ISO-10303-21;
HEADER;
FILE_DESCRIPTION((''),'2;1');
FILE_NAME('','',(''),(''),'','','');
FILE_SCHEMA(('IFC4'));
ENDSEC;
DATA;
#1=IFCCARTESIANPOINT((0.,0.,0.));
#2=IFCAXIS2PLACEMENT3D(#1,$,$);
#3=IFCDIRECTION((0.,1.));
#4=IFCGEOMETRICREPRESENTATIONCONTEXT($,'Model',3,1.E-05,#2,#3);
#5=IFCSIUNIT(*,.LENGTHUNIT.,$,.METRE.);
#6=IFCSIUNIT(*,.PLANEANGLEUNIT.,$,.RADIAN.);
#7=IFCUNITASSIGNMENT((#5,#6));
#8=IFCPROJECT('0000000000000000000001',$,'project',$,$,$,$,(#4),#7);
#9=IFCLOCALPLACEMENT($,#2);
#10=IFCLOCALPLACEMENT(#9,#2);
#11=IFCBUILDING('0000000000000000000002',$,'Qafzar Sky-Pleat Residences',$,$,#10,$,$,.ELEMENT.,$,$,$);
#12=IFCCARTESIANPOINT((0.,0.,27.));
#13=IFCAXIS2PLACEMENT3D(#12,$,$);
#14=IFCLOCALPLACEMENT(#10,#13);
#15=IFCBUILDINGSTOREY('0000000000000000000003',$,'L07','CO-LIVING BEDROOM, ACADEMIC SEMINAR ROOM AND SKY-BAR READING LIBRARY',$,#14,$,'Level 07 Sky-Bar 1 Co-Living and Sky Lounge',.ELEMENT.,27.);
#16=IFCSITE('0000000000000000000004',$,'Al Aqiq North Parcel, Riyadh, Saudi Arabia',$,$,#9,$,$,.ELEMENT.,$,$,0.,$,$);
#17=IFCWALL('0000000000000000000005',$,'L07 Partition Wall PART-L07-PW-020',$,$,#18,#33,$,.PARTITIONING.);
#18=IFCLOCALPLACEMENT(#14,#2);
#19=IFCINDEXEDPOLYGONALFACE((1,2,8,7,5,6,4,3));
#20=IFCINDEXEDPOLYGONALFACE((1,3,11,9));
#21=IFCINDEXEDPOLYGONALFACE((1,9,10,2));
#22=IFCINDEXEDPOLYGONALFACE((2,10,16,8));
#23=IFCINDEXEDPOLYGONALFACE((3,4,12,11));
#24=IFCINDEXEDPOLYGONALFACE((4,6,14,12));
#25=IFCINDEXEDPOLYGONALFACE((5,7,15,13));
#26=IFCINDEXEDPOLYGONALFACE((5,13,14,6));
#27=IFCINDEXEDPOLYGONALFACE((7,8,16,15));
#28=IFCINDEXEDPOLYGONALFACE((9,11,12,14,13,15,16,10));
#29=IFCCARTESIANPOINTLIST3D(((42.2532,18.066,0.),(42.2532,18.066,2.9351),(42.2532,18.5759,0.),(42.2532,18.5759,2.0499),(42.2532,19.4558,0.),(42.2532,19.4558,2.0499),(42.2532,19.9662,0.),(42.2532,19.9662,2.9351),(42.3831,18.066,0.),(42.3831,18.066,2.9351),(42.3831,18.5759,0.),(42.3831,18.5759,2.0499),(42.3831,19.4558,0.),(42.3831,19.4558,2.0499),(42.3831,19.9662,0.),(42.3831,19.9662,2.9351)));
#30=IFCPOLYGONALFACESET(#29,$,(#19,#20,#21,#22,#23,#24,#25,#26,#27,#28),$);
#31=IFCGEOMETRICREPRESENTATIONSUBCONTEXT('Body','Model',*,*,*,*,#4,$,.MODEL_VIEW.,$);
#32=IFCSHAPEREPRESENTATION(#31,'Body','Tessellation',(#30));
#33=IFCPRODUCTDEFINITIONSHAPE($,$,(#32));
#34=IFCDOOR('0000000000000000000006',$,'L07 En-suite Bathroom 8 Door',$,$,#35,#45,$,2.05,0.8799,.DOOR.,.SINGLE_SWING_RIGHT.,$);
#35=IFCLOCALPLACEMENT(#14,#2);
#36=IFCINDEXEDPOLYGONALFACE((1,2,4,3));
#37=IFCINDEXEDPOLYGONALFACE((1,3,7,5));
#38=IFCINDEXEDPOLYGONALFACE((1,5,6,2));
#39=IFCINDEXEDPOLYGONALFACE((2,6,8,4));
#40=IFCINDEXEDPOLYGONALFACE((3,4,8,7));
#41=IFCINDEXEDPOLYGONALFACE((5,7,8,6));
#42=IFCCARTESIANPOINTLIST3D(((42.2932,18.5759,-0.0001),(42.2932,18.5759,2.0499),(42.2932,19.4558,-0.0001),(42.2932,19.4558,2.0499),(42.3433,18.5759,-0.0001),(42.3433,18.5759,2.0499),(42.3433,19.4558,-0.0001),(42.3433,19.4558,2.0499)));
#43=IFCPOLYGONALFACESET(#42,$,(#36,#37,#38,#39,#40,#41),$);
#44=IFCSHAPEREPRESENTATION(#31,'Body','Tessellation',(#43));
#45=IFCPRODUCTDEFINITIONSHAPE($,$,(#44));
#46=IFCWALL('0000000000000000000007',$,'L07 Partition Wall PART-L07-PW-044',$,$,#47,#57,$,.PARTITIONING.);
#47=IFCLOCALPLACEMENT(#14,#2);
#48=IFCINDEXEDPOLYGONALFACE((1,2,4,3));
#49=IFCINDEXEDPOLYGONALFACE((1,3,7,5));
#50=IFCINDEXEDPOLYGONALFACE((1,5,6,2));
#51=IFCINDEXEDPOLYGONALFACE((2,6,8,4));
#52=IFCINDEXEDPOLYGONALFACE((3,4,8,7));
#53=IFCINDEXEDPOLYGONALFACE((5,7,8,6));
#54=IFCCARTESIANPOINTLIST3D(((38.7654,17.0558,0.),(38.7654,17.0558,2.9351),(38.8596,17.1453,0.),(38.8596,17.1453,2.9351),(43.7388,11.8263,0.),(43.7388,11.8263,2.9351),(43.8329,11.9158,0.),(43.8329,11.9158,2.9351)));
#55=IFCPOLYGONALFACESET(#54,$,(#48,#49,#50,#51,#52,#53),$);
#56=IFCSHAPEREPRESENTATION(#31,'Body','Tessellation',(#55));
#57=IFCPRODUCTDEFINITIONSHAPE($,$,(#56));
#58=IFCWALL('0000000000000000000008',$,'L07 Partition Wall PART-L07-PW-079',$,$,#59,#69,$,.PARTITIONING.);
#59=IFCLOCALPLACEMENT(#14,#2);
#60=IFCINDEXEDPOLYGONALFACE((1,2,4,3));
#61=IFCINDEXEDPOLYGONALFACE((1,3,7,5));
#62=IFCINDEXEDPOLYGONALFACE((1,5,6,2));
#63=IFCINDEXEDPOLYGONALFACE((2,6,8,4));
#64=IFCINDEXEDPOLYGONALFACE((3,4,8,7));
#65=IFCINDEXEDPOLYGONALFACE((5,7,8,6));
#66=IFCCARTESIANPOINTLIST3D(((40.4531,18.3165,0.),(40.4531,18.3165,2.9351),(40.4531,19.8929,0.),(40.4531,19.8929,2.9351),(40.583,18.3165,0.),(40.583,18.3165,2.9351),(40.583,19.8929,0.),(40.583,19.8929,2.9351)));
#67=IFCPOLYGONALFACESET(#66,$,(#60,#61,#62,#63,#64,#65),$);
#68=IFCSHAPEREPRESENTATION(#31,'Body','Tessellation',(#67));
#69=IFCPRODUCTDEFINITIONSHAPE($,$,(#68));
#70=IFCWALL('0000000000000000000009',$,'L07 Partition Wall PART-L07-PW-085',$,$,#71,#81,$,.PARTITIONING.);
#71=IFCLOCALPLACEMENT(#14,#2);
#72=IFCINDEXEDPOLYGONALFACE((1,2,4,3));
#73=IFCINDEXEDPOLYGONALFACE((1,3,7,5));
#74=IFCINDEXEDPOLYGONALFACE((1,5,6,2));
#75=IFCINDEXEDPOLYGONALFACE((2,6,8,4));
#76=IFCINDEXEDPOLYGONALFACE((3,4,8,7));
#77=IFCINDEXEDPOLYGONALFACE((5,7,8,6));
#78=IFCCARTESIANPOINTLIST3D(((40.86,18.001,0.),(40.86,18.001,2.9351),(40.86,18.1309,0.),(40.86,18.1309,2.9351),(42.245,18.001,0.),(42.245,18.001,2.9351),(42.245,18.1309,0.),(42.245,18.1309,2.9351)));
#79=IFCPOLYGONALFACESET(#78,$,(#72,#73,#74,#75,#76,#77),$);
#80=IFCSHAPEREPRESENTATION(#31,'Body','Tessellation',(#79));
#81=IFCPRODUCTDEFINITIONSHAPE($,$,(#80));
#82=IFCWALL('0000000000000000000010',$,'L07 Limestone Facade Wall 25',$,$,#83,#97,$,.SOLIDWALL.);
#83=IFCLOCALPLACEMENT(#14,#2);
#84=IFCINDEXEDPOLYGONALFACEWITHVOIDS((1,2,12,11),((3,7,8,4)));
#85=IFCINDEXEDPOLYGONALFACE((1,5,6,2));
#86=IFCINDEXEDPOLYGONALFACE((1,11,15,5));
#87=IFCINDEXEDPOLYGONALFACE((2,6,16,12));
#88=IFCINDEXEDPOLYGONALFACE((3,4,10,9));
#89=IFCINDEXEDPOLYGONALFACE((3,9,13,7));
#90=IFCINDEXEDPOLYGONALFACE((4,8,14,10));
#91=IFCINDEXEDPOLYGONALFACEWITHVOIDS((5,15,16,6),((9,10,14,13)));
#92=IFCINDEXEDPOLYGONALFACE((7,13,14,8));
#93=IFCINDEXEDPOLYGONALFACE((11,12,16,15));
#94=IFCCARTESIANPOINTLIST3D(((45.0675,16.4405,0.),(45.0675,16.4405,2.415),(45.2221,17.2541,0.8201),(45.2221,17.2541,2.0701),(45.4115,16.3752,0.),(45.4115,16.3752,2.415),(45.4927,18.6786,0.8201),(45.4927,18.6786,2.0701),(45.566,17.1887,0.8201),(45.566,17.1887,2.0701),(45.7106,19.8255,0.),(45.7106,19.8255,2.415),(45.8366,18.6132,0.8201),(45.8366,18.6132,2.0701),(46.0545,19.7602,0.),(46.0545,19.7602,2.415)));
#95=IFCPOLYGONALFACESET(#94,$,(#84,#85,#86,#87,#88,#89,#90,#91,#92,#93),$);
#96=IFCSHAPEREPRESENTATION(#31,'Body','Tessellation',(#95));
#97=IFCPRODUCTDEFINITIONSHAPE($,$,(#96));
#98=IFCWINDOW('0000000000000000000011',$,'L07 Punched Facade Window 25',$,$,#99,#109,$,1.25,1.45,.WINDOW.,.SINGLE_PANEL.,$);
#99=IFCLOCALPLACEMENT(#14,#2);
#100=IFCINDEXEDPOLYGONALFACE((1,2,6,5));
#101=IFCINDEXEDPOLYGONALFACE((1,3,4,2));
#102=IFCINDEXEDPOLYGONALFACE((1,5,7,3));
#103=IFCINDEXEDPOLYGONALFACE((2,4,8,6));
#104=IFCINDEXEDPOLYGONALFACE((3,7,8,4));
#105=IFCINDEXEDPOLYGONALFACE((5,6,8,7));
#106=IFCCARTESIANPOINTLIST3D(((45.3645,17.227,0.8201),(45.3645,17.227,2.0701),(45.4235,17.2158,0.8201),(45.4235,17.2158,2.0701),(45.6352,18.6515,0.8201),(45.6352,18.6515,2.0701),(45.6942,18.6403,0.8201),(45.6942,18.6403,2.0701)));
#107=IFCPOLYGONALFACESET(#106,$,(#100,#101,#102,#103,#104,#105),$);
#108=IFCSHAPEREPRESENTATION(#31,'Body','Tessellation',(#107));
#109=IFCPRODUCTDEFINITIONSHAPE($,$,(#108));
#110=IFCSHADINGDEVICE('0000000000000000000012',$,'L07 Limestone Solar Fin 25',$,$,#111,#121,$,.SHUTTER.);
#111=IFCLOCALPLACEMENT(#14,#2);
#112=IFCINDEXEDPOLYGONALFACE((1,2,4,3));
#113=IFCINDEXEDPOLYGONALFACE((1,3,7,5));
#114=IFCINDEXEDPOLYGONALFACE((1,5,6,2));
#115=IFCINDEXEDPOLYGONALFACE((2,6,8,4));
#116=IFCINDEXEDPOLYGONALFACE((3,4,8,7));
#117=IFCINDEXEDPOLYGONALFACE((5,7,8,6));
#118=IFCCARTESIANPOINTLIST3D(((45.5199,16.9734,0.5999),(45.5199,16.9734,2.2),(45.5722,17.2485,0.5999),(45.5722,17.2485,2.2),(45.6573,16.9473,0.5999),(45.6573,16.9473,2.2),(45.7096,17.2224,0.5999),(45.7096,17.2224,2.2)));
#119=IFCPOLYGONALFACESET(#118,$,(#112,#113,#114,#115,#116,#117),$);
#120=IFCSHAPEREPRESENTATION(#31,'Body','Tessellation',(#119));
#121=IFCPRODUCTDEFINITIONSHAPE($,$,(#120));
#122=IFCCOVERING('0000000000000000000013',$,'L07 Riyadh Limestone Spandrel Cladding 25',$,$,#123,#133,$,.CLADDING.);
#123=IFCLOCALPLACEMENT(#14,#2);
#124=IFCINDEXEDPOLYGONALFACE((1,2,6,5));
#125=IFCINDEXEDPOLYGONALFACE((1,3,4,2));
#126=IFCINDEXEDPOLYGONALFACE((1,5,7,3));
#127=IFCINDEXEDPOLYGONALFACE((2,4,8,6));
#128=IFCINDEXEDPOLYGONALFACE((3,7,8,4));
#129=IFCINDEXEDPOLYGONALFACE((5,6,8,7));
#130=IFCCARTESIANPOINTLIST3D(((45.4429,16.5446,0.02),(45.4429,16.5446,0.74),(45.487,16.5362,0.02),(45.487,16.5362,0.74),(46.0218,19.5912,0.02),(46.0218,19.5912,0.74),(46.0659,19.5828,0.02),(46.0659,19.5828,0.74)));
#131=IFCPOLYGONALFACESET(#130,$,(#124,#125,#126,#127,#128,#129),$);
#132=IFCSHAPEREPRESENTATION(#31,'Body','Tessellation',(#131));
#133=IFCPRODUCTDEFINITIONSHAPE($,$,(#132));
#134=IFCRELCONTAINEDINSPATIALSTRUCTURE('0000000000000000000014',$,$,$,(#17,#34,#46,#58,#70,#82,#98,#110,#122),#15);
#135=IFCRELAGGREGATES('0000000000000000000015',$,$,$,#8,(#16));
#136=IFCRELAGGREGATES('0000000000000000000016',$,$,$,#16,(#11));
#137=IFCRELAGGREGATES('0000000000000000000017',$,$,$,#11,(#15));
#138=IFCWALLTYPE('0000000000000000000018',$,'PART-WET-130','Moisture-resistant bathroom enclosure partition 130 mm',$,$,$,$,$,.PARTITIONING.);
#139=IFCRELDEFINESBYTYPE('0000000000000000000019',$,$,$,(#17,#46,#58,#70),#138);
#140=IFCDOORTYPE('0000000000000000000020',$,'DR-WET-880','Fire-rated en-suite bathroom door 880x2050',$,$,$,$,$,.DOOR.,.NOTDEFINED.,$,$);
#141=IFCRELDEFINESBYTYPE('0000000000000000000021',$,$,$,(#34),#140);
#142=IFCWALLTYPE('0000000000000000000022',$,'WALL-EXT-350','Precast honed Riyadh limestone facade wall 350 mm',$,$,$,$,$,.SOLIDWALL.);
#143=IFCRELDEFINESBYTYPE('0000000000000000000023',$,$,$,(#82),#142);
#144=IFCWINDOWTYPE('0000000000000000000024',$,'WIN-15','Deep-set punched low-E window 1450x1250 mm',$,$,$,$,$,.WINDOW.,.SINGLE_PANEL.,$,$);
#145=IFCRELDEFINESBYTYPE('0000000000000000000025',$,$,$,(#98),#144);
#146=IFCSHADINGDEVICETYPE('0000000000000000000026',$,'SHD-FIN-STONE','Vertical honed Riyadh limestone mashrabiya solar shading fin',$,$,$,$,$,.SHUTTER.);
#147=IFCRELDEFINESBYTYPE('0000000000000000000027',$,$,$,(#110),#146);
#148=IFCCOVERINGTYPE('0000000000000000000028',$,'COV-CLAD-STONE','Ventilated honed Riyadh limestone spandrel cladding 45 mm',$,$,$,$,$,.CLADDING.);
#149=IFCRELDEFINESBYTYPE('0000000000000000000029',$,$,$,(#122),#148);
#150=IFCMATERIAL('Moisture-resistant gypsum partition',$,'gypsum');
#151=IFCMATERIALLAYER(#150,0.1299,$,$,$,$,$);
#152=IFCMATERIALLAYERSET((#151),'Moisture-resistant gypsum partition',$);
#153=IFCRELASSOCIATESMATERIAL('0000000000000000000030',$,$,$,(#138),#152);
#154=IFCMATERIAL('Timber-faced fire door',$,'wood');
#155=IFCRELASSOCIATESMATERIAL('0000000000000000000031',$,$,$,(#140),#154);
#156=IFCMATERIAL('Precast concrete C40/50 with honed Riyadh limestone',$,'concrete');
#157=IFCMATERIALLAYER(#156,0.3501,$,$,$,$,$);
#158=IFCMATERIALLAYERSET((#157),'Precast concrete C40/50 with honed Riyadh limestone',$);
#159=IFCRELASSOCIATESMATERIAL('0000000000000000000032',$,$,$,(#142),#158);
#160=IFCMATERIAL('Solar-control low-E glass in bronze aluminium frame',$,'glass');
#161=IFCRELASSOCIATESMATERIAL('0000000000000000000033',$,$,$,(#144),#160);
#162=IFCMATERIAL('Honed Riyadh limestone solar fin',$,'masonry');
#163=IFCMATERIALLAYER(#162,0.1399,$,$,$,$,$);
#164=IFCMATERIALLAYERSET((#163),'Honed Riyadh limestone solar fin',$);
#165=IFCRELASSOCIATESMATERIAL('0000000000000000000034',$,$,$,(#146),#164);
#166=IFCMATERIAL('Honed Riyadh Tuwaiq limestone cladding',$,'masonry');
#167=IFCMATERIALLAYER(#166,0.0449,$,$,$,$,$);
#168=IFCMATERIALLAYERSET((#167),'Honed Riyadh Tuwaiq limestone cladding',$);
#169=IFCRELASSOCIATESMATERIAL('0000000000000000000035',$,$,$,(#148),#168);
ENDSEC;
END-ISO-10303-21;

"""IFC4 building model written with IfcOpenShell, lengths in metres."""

from ifc_helpers import new_model, si_unit, direction, frame, frame_2d, origin, origin_2d, place, context, subcontext, project, spatial, rectangle, extrude, source, transform, mapped, material, layer, layer_set, type_object, element, fill, save


model = new_model("IFC4")

# Units and contexts
model_context = context("Model", 3, precision=1e-05, world=origin(), true_north=direction((0.0, 1.0)))
body_context = subcontext(model_context, "Body", "Model", "MODEL_VIEW")
ifc_project = project(units=[si_unit("LENGTHUNIT", "METRE"), si_unit("PLANEANGLEUNIT", "RADIAN")], contexts=[model_context])

# Site, building, storey
site_placement = place(None, origin())
site = spatial("IfcSite", under=ifc_project, at=site_placement, Name="Al Aqiq North Parcel, Riyadh, Saudi Arabia", CompositionType="ELEMENT", RefElevation=0.0)
building_placement = place(site_placement, origin())
building = spatial("IfcBuilding", under=site, at=building_placement, Name="Qafzar Sky-Pleat Residences", CompositionType="ELEMENT")
storey_placement = place(building_placement, frame((0.0, 0.0, 27.0)))
storey = spatial("IfcBuildingStorey", under=building, at=storey_placement, Name="L07", Description="CO-LIVING BEDROOM, ACADEMIC SEMINAR ROOM AND SKY-BAR READING LIBRARY", LongName="Level 07 Sky-Bar 1 Co-Living and Sky Lounge", CompositionType="ELEMENT", Elevation=27.0)

# Shared definitions
ifc_material_1 = material(Name="Timber-faced fire door", Category="wood")

# Wall, opening, door
ifc_material_2 = material(Name="Moisture-resistant gypsum partition", Category="gypsum")
ifc_layer_1 = layer(ifc_material_2, 0.1299)
ifc_layer_set_1 = layer_set([ifc_layer_1], Name="Moisture-resistant gypsum partition")
wall_type_1 = type_object("IfcWallType", Name="PART-WET-130", Description="Moisture-resistant bathroom enclosure partition 130 mm", PredefinedType="PARTITIONING", material=ifc_layer_set_1)
wall_1_placement = place(storey_placement, frame((42.3181, 18.0659, 0.0), z_axis=(0.0, 0.0, 1.0), x_axis=(0.0, 1.0, 0.0)))
wall_1 = element("IfcWall", 1, at=wall_1_placement, inside=storey, type_object=wall_type_1, Name="L07 Partition Wall PART-L07-PW-020", PredefinedType="PARTITIONING", context=body_context, shape_type="SweptSolid", body=[
    extrude(rectangle(XDim=1.9001, YDim=0.1299, at=frame_2d((0.9502, 0.0))), origin(), (0.0, 0.0, 1.0), 2.9351),
])
opening_1_placement = place(wall_1_placement, frame((0.51, 0.0, 0.0)))
opening_1 = element("IfcOpeningElement", 2, at=opening_1_placement, cuts=wall_1, PredefinedType="OPENING", context=body_context, shape_type="SweptSolid", body=[
    extrude(rectangle(XDim=0.8799, YDim=2.05, at=frame_2d((0.4399, 1.0249))), frame((0.0, 0.075, 0.0), z_axis=(0.0, -1.0, 0.0), x_axis=(1.0, 0.0, 0.0)), (0.0, 0.0, 1.0), 0.1499),
])
door_type_1 = type_object("IfcDoorType", Name="DR-WET-880", Description="Fire-rated en-suite bathroom door 880x2050", OperationType="NOTDEFINED", PredefinedType="DOOR", material=ifc_material_1)
shared_shape_1 = source(origin(), body_context, "Body", "SweptSolid", [
    extrude(rectangle(XDim=0.8799, YDim=2.05, at=frame_2d((0.4399, 1.0249))), frame((0.0, 0.0249, 0.0), z_axis=(0.0, -1.0, 0.0), x_axis=(1.0, 0.0, 0.0)), (0.0, 0.0, 1.0), 0.05),
])
door_1_placement = place(opening_1_placement, origin())
door_1 = element("IfcDoor", 3, at=door_1_placement, inside=storey, type_object=door_type_1, Name="L07 En-suite Bathroom 8 Door", OperationType="SINGLE_SWING_RIGHT", OverallHeight=2.05, OverallWidth=0.8799, PredefinedType="DOOR", context=body_context, shape_type="MappedRepresentation", body=[
    mapped(shared_shape_1, transform((0.0, 0.0, 0.0), x_axis=(1.0, 0.0, 0.0), y_axis=(0.0, 1.0, 0.0), z_axis=(0.0, 0.0, 1.0), scale=1.0)),
])
fill(opening_1, door_1)

# Walls
wall_2_placement = place(storey_placement, frame((38.8125, 17.1006, 0.0), z_axis=(0.0, 0.0, 1.0), x_axis=(0.689141, -0.724628, 0.0)))
element("IfcWall", 4, at=wall_2_placement, inside=storey, type_object=wall_type_1, Name="L07 Partition Wall PART-L07-PW-044", PredefinedType="PARTITIONING", context=body_context, shape_type="SweptSolid", body=[
    extrude(rectangle(XDim=7.2168, YDim=0.1299, at=frame_2d((3.6084, 0.0))), origin(), (0.0, 0.0, 1.0), 2.9351),
])
wall_3_placement = place(storey_placement, frame((40.5181, 18.3167, 0.0), z_axis=(0.0, 0.0, 1.0), x_axis=(0.0, 1.0, 0.0)))
element("IfcWall", 5, at=wall_3_placement, inside=storey, type_object=wall_type_1, Name="L07 Partition Wall PART-L07-PW-079", PredefinedType="PARTITIONING", context=body_context, shape_type="SweptSolid", body=[
    extrude(rectangle(XDim=1.5764, YDim=0.1299, at=frame_2d((0.7881, 0.0))), origin(), (0.0, 0.0, 1.0), 2.9351),
])
wall_4_placement = place(storey_placement, frame((40.8601, 18.0659, 0.0), z_axis=(0.0, 0.0, 1.0), x_axis=(1.0, 0.0, 0.0)))
element("IfcWall", 6, at=wall_4_placement, inside=storey, type_object=wall_type_1, Name="L07 Partition Wall PART-L07-PW-085", PredefinedType="PARTITIONING", context=body_context, shape_type="SweptSolid", body=[
    extrude(rectangle(XDim=1.385, YDim=0.1299, at=frame_2d((0.6924, 0.0))), origin(), (0.0, 0.0, 1.0), 2.9351),
])

# Wall, opening, window
ifc_material_3 = material(Name="Precast concrete C40/50 with honed Riyadh limestone", Category="concrete")
ifc_layer_2 = layer(ifc_material_3, 0.3501)
ifc_layer_set_2 = layer_set([ifc_layer_2], Name="Precast concrete C40/50 with honed Riyadh limestone")
wall_type_2 = type_object("IfcWallType", Name="WALL-EXT-350", Description="Precast honed Riyadh limestone facade wall 350 mm", PredefinedType="SOLIDWALL", material=ifc_layer_set_2)
wall_5_placement = place(storey_placement, frame((45.2395, 16.408, 0.0), z_axis=(0.0, 0.0, 1.0), x_axis=(0.186637, 0.982429, 0.0)))
wall_5 = element("IfcWall", 7, at=wall_5_placement, inside=storey, type_object=wall_type_2, Name="L07 Limestone Facade Wall 25", PredefinedType="SOLIDWALL", context=body_context, shape_type="SweptSolid", body=[
    extrude(rectangle(XDim=3.4456, YDim=0.3501, at=frame_2d((1.7227, 0.0))), origin(), (0.0, 0.0, 1.0), 2.415),
])
opening_2_placement = place(wall_5_placement, frame((0.8279, 0.0, 0.8201)))
opening_2 = element("IfcOpeningElement", 8, at=opening_2_placement, cuts=wall_5, PredefinedType="OPENING", context=body_context, shape_type="SweptSolid", body=[
    extrude(rectangle(XDim=1.45, YDim=1.25, at=frame_2d((0.7251, 0.625))), frame((0.0, 0.1851, 0.0), z_axis=(0.0, -1.0, 0.0), x_axis=(1.0, 0.0, 0.0)), (0.0, 0.0, 1.0), 0.3701),
])
ifc_material_4 = material(Name="Solar-control low-E glass in bronze aluminium frame", Category="glass")
window_type = type_object("IfcWindowType", Name="WIN-15", Description="Deep-set punched low-E window 1450x1250 mm", PartitioningType="SINGLE_PANEL", PredefinedType="WINDOW", material=ifc_material_4)
shared_shape_2 = source(origin(), body_context, "Body", "SweptSolid", [
    extrude(rectangle(XDim=1.45, YDim=1.25, at=frame_2d((0.7251, 0.625))), frame((0.0, 0.03, 0.0), z_axis=(0.0, -1.0, 0.0), x_axis=(1.0, 0.0, 0.0)), (0.0, 0.0, 1.0), 0.0601),
])
window_placement = place(opening_2_placement, origin())
window = element("IfcWindow", 9, at=window_placement, inside=storey, type_object=window_type, Name="L07 Punched Facade Window 25", OverallHeight=1.25, OverallWidth=1.45, PartitioningType="SINGLE_PANEL", PredefinedType="WINDOW", context=body_context, shape_type="MappedRepresentation", body=[
    mapped(shared_shape_2, transform((0.0, 0.0, 0.0), x_axis=(1.0, 0.0, 0.0), y_axis=(0.0, 1.0, 0.0), z_axis=(0.0, 0.0, 1.0), scale=1.0)),
])
fill(opening_2, window)

# Shading device
ifc_material_5 = material(Name="Honed Riyadh limestone solar fin", Category="masonry")
ifc_layer_3 = layer(ifc_material_5, 0.1399)
ifc_layer_set_3 = layer_set([ifc_layer_3], Name="Honed Riyadh limestone solar fin")
shading_device_type = type_object("IfcShadingDeviceType", Name="SHD-FIN-STONE", Description="Vertical honed Riyadh limestone mashrabiya solar shading fin", PredefinedType="SHUTTER", material=ifc_layer_set_3)
shared_shape_3 = source(origin(), body_context, "Body", "SweptSolid", [
    extrude(rectangle(XDim=0.1399, YDim=0.28, at=origin_2d()), origin(), (0.0, 0.0, 1.0), 1.6001),
])
shading_device_placement = place(storey_placement, frame((45.6147, 17.0979, 0.5999), z_axis=(0.0, 0.0, 1.0), x_axis=(0.982421, -0.186679, 0.0)))
element("IfcShadingDevice", 10, at=shading_device_placement, inside=storey, type_object=shading_device_type, Name="L07 Limestone Solar Fin 25", PredefinedType="SHUTTER", context=body_context, shape_type="MappedRepresentation", body=[
    mapped(shared_shape_3, transform((0.0, 0.0, 0.0), x_axis=(1.0, 0.0, 0.0), y_axis=(0.0, 1.0, 0.0), z_axis=(0.0, 0.0, 1.0), scale=1.0)),
])

# Covering
ifc_material_6 = material(Name="Honed Riyadh Tuwaiq limestone cladding", Category="masonry")
ifc_layer_4 = layer(ifc_material_6, 0.0449)
ifc_layer_set_4 = layer_set([ifc_layer_4], Name="Honed Riyadh Tuwaiq limestone cladding")
covering_type = type_object("IfcCoveringType", Name="COV-CLAD-STONE", Description="Ventilated honed Riyadh limestone spandrel cladding 45 mm", PredefinedType="CLADDING", material=ifc_layer_set_4)
shared_shape_4 = source(origin(), body_context, "Body", "SweptSolid", [
    extrude(rectangle(XDim=3.1011, YDim=0.0449, at=origin_2d()), origin(), (0.0, 0.0, 1.0), 0.72),
])
covering_placement = place(storey_placement, frame((45.7544, 18.0637, 0.02), z_axis=(0.0, 0.0, 1.0), x_axis=(0.186669, 0.982423, 0.0)))
element("IfcCovering", 11, at=covering_placement, inside=storey, type_object=covering_type, Name="L07 Riyadh Limestone Spandrel Cladding 25", PredefinedType="CLADDING", context=body_context, shape_type="MappedRepresentation", body=[
    mapped(shared_shape_4, transform((0.0, 0.0, 0.0), x_axis=(1.0, 0.0, 0.0), y_axis=(0.0, 1.0, 0.0), z_axis=(0.0, 0.0, 1.0), scale=1.0)),
])

save(model, "model.ifc")
